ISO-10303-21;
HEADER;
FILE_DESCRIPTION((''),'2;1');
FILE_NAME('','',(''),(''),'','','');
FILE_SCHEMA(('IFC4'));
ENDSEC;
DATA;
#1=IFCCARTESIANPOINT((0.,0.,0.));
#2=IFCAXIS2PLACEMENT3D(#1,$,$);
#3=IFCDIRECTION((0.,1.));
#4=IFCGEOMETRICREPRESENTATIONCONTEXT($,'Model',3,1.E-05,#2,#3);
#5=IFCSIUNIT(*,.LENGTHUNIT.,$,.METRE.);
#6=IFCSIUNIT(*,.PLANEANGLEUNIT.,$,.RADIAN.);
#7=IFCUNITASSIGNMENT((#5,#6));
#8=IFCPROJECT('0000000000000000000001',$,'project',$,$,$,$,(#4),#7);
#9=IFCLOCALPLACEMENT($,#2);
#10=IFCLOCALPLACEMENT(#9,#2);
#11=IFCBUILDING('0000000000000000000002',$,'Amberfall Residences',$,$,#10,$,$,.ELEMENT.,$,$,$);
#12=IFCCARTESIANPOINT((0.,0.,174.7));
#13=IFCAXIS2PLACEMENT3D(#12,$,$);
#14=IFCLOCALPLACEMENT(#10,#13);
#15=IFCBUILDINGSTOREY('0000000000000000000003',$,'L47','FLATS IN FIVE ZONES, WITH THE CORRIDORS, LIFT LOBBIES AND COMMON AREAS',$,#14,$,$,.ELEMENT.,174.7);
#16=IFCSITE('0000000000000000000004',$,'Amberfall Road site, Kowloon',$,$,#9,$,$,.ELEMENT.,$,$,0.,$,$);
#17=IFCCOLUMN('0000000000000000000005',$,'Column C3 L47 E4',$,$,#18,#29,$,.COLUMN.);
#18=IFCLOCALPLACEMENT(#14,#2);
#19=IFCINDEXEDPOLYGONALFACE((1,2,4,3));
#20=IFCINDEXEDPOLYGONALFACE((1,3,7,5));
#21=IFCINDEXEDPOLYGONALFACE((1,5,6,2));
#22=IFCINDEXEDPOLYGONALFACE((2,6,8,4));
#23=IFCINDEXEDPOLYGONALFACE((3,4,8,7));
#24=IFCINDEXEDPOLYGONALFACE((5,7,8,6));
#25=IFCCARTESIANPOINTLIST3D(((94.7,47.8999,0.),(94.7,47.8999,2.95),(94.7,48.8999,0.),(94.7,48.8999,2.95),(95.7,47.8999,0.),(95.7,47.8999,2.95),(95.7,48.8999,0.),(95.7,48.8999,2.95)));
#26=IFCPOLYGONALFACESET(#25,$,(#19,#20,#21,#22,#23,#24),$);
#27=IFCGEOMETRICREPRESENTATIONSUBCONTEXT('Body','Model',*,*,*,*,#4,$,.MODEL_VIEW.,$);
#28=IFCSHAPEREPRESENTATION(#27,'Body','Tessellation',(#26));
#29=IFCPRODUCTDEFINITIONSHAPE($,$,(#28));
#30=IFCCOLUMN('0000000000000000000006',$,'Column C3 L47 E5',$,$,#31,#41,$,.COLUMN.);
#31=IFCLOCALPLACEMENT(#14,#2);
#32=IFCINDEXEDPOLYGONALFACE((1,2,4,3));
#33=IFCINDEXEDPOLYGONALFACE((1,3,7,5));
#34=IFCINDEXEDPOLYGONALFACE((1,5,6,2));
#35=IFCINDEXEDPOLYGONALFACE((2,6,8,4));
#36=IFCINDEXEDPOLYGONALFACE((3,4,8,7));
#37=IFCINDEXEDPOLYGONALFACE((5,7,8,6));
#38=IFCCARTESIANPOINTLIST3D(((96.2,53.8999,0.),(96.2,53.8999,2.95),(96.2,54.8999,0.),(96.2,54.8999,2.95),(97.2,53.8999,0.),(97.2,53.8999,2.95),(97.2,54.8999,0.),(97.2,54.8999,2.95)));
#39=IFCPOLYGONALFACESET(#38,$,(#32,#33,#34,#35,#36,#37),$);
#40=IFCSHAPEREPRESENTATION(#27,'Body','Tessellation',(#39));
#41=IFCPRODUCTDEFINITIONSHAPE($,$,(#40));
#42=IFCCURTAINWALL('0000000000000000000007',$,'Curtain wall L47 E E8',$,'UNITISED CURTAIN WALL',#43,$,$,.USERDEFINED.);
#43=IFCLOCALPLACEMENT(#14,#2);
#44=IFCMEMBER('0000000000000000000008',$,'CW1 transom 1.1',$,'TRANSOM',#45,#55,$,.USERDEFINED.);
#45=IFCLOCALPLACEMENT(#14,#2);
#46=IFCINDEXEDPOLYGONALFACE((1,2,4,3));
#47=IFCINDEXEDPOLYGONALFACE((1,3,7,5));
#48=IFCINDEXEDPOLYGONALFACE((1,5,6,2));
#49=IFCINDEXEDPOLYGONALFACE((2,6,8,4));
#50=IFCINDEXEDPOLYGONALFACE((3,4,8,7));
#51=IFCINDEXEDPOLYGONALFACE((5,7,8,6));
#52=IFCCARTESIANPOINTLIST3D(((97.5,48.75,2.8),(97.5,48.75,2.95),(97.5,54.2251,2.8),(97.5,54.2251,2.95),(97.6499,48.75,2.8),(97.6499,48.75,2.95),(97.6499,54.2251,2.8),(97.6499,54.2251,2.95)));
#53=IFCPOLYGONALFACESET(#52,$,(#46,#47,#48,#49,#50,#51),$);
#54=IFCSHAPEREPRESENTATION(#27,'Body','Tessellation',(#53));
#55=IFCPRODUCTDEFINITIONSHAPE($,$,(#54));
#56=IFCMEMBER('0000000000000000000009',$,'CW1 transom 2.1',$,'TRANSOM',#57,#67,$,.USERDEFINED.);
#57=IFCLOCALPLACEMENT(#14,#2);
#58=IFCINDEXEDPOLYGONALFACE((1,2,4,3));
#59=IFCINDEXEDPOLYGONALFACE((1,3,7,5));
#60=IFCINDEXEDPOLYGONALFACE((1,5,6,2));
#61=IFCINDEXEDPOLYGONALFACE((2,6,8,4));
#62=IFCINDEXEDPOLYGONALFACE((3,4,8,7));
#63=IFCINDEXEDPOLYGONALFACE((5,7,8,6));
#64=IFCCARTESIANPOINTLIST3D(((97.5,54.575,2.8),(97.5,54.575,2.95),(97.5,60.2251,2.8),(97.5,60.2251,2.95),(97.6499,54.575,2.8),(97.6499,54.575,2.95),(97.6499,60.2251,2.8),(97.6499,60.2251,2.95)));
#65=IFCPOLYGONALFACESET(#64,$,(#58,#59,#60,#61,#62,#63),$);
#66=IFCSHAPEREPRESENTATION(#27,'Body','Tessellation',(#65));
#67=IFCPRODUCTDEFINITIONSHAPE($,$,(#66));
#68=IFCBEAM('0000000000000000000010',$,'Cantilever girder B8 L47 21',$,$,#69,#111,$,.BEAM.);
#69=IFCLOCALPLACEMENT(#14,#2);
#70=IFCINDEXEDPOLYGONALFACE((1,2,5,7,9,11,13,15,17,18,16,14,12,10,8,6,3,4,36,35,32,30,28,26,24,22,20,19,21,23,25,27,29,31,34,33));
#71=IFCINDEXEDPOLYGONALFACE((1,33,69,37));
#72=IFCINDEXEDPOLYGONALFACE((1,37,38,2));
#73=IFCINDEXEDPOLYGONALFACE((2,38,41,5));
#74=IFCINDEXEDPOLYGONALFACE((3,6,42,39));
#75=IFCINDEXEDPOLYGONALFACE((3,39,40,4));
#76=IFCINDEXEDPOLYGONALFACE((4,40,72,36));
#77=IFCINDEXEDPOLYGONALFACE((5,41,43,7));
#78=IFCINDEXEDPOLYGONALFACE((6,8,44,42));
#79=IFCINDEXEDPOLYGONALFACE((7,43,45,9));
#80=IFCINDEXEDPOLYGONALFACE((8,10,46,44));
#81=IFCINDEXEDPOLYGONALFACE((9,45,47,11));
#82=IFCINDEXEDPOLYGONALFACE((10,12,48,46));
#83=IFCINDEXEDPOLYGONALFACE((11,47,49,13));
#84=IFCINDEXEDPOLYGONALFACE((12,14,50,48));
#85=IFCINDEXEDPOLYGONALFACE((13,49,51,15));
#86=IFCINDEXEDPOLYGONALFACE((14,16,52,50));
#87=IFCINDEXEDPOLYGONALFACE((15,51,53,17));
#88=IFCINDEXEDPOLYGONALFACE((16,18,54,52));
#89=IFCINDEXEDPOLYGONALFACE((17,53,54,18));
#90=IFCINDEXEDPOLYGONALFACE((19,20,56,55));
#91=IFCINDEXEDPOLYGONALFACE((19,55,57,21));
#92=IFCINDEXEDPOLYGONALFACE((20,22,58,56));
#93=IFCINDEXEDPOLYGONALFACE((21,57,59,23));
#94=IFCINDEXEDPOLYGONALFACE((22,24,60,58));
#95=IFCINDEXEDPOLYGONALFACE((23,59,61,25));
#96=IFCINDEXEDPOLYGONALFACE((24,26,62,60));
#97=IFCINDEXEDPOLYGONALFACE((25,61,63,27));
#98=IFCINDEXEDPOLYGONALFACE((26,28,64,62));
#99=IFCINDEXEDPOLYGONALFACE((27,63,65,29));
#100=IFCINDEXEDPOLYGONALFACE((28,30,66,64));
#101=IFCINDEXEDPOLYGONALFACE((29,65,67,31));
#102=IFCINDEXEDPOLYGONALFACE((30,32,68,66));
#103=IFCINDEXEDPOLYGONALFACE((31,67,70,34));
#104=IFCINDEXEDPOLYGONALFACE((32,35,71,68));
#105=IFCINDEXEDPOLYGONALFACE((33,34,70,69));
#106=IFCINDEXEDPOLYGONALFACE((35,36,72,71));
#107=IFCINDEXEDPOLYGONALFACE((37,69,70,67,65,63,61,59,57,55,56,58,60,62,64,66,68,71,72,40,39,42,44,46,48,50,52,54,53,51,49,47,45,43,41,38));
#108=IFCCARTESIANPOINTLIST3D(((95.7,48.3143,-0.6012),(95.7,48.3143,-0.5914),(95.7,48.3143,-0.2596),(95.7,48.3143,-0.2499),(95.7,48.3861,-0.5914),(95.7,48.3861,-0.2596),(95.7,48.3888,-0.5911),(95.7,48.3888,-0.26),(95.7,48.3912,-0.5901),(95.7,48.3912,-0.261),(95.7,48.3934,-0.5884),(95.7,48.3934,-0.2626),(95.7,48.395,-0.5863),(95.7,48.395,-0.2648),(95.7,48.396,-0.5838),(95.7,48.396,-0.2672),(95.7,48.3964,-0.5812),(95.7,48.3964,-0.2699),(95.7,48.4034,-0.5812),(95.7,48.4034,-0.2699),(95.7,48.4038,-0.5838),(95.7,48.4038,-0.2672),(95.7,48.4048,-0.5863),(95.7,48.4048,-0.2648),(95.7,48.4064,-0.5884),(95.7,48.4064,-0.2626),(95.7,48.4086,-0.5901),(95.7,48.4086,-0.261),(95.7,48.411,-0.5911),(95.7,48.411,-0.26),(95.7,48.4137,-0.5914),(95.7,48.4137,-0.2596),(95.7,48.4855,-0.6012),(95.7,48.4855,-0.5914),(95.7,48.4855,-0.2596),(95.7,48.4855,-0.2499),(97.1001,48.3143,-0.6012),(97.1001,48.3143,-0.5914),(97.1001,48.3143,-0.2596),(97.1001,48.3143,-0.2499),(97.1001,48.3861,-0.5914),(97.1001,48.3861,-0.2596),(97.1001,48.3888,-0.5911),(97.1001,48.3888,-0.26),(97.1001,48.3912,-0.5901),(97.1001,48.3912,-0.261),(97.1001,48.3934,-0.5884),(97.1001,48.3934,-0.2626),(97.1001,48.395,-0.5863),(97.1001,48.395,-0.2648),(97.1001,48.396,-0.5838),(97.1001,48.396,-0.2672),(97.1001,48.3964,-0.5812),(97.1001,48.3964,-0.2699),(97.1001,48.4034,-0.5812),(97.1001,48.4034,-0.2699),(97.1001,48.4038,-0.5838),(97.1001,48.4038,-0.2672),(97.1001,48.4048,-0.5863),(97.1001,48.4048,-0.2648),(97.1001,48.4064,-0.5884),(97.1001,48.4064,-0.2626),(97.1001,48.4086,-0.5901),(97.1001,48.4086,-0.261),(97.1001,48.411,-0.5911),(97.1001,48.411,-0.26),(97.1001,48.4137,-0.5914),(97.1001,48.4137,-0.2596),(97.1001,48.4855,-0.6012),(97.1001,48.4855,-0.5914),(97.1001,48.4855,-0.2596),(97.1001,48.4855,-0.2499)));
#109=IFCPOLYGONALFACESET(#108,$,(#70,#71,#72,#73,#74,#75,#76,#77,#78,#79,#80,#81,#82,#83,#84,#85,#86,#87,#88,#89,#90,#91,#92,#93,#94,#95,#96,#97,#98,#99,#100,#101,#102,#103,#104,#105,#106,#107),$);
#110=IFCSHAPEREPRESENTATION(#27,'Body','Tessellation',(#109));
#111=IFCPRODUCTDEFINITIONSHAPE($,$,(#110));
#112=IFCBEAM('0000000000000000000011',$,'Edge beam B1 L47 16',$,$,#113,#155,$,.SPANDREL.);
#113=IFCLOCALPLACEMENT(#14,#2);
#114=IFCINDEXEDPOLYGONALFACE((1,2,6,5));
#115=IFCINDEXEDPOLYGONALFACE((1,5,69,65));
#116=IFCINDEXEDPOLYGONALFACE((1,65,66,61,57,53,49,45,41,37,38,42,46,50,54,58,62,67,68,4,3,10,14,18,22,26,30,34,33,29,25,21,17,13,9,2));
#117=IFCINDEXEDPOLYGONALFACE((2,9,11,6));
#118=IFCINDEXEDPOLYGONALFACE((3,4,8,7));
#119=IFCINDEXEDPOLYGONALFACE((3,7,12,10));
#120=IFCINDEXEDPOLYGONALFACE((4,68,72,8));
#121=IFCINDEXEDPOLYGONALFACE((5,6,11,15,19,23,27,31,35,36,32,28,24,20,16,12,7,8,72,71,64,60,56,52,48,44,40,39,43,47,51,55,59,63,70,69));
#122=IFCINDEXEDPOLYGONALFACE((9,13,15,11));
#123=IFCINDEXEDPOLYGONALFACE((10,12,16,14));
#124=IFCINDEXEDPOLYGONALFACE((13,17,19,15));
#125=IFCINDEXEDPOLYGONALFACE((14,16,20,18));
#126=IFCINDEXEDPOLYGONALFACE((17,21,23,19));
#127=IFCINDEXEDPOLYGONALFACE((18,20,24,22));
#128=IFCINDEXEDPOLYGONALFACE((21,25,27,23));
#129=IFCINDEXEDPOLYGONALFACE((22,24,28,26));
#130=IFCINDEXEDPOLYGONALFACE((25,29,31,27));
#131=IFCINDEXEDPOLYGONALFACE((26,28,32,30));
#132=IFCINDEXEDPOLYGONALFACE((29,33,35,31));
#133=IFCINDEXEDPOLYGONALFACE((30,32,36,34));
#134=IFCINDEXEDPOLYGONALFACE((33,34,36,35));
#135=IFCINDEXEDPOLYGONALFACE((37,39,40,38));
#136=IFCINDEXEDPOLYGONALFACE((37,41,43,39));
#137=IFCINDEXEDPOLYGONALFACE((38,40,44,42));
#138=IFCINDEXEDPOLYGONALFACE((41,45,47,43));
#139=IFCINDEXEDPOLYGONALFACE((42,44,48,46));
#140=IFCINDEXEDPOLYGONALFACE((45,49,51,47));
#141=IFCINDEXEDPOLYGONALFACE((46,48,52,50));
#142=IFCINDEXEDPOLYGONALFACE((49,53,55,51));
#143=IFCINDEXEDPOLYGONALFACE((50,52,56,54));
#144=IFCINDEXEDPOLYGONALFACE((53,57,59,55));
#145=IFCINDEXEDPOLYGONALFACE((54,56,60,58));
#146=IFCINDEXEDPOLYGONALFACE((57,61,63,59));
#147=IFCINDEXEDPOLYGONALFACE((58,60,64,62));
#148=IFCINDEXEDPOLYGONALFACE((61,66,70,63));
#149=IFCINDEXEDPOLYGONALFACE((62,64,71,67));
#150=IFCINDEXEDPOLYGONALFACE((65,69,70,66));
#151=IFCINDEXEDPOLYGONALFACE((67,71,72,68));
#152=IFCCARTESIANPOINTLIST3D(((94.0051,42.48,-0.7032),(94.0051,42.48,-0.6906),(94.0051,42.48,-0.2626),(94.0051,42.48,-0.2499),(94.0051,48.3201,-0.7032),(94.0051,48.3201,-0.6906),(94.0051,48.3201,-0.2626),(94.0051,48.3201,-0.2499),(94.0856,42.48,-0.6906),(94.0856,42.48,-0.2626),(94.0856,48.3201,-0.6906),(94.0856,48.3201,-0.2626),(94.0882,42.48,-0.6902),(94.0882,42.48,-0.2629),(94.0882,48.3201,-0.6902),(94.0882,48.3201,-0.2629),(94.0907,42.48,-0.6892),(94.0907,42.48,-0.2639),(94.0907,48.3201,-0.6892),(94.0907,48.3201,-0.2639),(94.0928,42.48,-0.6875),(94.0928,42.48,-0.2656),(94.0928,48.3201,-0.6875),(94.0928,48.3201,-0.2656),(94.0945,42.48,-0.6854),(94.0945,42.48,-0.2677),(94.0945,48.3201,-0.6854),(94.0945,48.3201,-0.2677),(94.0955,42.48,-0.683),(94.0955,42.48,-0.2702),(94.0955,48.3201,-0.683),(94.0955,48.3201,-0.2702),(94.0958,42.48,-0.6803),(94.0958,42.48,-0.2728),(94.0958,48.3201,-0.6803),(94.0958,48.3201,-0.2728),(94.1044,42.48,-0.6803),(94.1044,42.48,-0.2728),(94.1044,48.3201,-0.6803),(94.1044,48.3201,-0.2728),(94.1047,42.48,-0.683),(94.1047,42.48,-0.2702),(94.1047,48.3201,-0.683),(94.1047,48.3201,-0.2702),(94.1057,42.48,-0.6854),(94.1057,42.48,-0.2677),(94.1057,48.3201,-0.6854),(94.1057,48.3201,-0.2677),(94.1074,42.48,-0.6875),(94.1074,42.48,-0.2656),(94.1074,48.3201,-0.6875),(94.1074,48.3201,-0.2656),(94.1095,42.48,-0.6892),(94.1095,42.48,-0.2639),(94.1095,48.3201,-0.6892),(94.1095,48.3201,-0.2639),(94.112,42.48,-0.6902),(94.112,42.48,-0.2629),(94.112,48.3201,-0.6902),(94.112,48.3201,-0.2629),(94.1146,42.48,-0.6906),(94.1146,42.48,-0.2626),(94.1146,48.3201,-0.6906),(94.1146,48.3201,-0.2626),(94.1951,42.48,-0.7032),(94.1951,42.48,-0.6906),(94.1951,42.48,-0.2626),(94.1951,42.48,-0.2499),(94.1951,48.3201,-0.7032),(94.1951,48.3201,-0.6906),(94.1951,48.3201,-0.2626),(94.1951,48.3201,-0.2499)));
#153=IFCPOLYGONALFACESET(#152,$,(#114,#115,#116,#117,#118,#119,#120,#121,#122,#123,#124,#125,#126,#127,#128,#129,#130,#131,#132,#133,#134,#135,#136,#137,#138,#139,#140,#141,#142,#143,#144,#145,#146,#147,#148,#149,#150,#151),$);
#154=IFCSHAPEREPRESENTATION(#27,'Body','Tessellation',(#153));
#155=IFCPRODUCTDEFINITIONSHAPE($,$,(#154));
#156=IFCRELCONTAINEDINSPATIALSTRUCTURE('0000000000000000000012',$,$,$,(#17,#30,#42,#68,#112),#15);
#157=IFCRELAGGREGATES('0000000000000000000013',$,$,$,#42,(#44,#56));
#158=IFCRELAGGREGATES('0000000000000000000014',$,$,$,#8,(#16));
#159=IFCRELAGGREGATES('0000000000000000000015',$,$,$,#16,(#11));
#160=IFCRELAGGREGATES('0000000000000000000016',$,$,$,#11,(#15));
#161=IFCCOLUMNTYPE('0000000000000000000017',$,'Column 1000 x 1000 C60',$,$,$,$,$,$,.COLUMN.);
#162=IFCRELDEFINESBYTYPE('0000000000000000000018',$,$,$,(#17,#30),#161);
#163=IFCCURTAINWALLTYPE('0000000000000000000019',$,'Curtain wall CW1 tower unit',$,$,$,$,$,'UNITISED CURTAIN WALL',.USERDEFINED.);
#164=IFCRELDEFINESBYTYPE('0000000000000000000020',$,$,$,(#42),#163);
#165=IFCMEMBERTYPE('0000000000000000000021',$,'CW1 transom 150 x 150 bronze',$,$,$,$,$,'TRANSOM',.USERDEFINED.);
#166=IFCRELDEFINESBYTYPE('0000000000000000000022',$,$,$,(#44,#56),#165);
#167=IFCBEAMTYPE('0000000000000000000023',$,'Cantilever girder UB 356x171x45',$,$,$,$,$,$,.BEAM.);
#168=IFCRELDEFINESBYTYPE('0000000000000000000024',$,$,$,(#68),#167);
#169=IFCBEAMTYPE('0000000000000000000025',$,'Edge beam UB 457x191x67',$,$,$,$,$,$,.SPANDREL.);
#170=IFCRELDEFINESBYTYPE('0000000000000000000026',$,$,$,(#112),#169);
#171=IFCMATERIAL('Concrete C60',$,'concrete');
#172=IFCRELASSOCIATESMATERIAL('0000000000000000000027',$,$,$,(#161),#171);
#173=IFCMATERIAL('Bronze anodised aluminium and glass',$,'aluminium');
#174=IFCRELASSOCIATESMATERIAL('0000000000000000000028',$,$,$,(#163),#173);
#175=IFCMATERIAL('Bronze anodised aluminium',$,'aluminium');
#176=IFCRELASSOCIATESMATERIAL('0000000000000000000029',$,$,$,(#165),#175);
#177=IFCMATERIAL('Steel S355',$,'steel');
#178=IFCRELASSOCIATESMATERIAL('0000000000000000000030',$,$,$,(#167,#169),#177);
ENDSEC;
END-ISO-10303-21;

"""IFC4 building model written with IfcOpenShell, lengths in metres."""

from ifc_helpers import new_model, si_unit, direction, frame, origin, origin_2d, place, context, subcontext, project, spatial, rectangle, i_section, extrude, material, material_profile, profile_set, type_object, element, aggregate, save


model = new_model("IFC4")

# Units and contexts
model_context = context("Model", 3, precision=1e-05, world=origin(), true_north=direction((0.0, 1.0)))
body_context = subcontext(model_context, "Body", "Model", "MODEL_VIEW")
ifc_project = project(units=[si_unit("LENGTHUNIT", "METRE"), si_unit("PLANEANGLEUNIT", "RADIAN")], contexts=[model_context])

# Site, building, storey
site_placement = place(None, origin())
site = spatial("IfcSite", under=ifc_project, at=site_placement, Name="Amberfall Road site, Kowloon", CompositionType="ELEMENT", RefElevation=0.0)
building_placement = place(site_placement, origin())
building = spatial("IfcBuilding", under=site, at=building_placement, Name="Amberfall Residences", CompositionType="ELEMENT")
storey_placement = place(building_placement, frame((0.0, 0.0, 174.7)))
storey = spatial("IfcBuildingStorey", under=building, at=storey_placement, Name="L47", Description="FLATS IN FIVE ZONES, WITH THE CORRIDORS, LIFT LOBBIES AND COMMON AREAS", CompositionType="ELEMENT", Elevation=174.7)

# Columns
ifc_material_1 = material(Name="Concrete C60", Category="concrete")
ifc_material_profile_1 = material_profile(ifc_material_1, rectangle(XDim=1.0, YDim=1.0, at=origin_2d()), Name="Column 1000 x 1000 C60")
ifc_profile_set_1 = profile_set([ifc_material_profile_1], Name="Concrete C60")
column_type = type_object("IfcColumnType", Name="Column 1000 x 1000 C60", PredefinedType="COLUMN", material=ifc_profile_set_1)
for number, where, z_axis, x_axis, name in (
    (1, (95.2, 48.3999, 0.0), (0.0, 0.0, 1.0), (1.0, 0.0, 0.0), "Column C3 L47 E4"),
    (2, (96.7, 54.3999, 0.0), (0.0, 0.0, 1.0), (1.0, 0.0, 0.0), "Column C3 L47 E5"),
):
    element("IfcColumn", number, at=place(storey_placement, frame(where, z_axis=z_axis, x_axis=x_axis)), inside=storey, type_object=column_type, Name=name, PredefinedType="COLUMN", context=body_context, shape_type="SweptSolid", body=[
        extrude(rectangle(XDim=1.0, YDim=1.0, at=origin_2d()), origin(), (0.0, 0.0, 1.0), 2.95),
    ])

# Curtain wall, members
ifc_material_2 = material(Name="Bronze anodised aluminium and glass", Category="aluminium")
curtain_wall_type = type_object("IfcCurtainWallType", Name="Curtain wall CW1 tower unit", ElementType="UNITISED CURTAIN WALL", PredefinedType="USERDEFINED", material=ifc_material_2)
curtain_wall_placement = place(storey_placement, origin())
curtain_wall = element("IfcCurtainWall", 3, at=curtain_wall_placement, inside=storey, type_object=curtain_wall_type, Name="Curtain wall L47 E E8", ObjectType="UNITISED CURTAIN WALL", PredefinedType="USERDEFINED")
ifc_material_3 = material(Name="Bronze anodised aluminium", Category="aluminium")
ifc_material_profile_2 = material_profile(ifc_material_3, rectangle(XDim=0.1499, YDim=0.1499, at=origin_2d()), Name="CW1 transom 150 x 150 bronze")
ifc_profile_set_2 = profile_set([ifc_material_profile_2], Name="Bronze anodised aluminium")
member_type_1 = type_object("IfcMemberType", Name="CW1 transom 150 x 150 bronze", ElementType="TRANSOM", PredefinedType="USERDEFINED", material=ifc_profile_set_2)
member_1_placement = place(storey_placement, frame((97.575, 48.75, 2.875), z_axis=(0.0, 1.0, 0.0), x_axis=(-1.0, 0.0, 0.0)))
member_1 = element("IfcMember", 4, at=member_1_placement, type_object=member_type_1, Name="CW1 transom 1.1", ObjectType="TRANSOM", PredefinedType="USERDEFINED", context=body_context, shape_type="SweptSolid", body=[
    extrude(rectangle(XDim=0.1499, YDim=0.1499, at=origin_2d()), origin(), (0.0, 0.0, 1.0), 5.4751),
])
member_2_placement = place(storey_placement, frame((97.575, 54.575, 2.875), z_axis=(0.0, 1.0, 0.0), x_axis=(-1.0, 0.0, 0.0)))
member_2 = element("IfcMember", 5, at=member_2_placement, type_object=member_type_1, Name="CW1 transom 2.1", ObjectType="TRANSOM", PredefinedType="USERDEFINED", context=body_context, shape_type="SweptSolid", body=[
    extrude(rectangle(XDim=0.1499, YDim=0.1499, at=origin_2d()), origin(), (0.0, 0.0, 1.0), 5.6501),
])

# Beams
ifc_material_4 = material(Name="Steel S355", Category="steel")
ifc_material_profile_3 = material_profile(ifc_material_4, i_section(OverallWidth=0.1711, OverallDepth=0.3513, WebThickness=0.0071, FlangeThickness=0.0098, FilletRadius=0.0103, at=origin_2d()), Name="UB 356x171x45")
ifc_profile_set_3 = profile_set([ifc_material_profile_3], Name="Steel S355")
beam_type_1 = type_object("IfcBeamType", Name="Cantilever girder UB 356x171x45", PredefinedType="BEAM", material=ifc_profile_set_3)
beam_1_placement = place(storey_placement, frame((95.7, 48.3999, -0.4255), z_axis=(1.0, 0.0, 0.0), x_axis=(0.0, 1.0, 0.0)))
element("IfcBeam", 6, at=beam_1_placement, inside=storey, type_object=beam_type_1, Name="Cantilever girder B8 L47 21", PredefinedType="BEAM", context=body_context, shape_type="SweptSolid", body=[
    extrude(i_section(OverallWidth=0.1711, OverallDepth=0.3513, WebThickness=0.0071, FlangeThickness=0.0098, FilletRadius=0.0103, at=origin_2d()), origin(), (0.0, 0.0, 1.0), 1.4001),
])
ifc_material_profile_4 = material_profile(ifc_material_4, i_section(OverallWidth=0.1899, OverallDepth=0.4534, WebThickness=0.0085, FlangeThickness=0.0127, FilletRadius=0.0103, at=origin_2d()), Name="UB 457x191x67")
ifc_profile_set_4 = profile_set([ifc_material_profile_4], Name="Steel S355")
beam_type_2 = type_object("IfcBeamType", Name="Edge beam UB 457x191x67", PredefinedType="SPANDREL", material=ifc_profile_set_4)
beam_2_placement = place(storey_placement, frame((94.1001, 42.48, -0.4766), z_axis=(0.0, 1.0, 0.0), x_axis=(-1.0, 0.0, 0.0)))
element("IfcBeam", 7, at=beam_2_placement, inside=storey, type_object=beam_type_2, Name="Edge beam B1 L47 16", PredefinedType="SPANDREL", context=body_context, shape_type="SweptSolid", body=[
    extrude(i_section(OverallWidth=0.1899, OverallDepth=0.4534, WebThickness=0.0085, FlangeThickness=0.0127, FilletRadius=0.0103, at=origin_2d()), origin(), (0.0, 0.0, 1.0), 5.8401),
])

aggregate(curtain_wall, [member_1, member_2])

save(model, "model.ifc")
